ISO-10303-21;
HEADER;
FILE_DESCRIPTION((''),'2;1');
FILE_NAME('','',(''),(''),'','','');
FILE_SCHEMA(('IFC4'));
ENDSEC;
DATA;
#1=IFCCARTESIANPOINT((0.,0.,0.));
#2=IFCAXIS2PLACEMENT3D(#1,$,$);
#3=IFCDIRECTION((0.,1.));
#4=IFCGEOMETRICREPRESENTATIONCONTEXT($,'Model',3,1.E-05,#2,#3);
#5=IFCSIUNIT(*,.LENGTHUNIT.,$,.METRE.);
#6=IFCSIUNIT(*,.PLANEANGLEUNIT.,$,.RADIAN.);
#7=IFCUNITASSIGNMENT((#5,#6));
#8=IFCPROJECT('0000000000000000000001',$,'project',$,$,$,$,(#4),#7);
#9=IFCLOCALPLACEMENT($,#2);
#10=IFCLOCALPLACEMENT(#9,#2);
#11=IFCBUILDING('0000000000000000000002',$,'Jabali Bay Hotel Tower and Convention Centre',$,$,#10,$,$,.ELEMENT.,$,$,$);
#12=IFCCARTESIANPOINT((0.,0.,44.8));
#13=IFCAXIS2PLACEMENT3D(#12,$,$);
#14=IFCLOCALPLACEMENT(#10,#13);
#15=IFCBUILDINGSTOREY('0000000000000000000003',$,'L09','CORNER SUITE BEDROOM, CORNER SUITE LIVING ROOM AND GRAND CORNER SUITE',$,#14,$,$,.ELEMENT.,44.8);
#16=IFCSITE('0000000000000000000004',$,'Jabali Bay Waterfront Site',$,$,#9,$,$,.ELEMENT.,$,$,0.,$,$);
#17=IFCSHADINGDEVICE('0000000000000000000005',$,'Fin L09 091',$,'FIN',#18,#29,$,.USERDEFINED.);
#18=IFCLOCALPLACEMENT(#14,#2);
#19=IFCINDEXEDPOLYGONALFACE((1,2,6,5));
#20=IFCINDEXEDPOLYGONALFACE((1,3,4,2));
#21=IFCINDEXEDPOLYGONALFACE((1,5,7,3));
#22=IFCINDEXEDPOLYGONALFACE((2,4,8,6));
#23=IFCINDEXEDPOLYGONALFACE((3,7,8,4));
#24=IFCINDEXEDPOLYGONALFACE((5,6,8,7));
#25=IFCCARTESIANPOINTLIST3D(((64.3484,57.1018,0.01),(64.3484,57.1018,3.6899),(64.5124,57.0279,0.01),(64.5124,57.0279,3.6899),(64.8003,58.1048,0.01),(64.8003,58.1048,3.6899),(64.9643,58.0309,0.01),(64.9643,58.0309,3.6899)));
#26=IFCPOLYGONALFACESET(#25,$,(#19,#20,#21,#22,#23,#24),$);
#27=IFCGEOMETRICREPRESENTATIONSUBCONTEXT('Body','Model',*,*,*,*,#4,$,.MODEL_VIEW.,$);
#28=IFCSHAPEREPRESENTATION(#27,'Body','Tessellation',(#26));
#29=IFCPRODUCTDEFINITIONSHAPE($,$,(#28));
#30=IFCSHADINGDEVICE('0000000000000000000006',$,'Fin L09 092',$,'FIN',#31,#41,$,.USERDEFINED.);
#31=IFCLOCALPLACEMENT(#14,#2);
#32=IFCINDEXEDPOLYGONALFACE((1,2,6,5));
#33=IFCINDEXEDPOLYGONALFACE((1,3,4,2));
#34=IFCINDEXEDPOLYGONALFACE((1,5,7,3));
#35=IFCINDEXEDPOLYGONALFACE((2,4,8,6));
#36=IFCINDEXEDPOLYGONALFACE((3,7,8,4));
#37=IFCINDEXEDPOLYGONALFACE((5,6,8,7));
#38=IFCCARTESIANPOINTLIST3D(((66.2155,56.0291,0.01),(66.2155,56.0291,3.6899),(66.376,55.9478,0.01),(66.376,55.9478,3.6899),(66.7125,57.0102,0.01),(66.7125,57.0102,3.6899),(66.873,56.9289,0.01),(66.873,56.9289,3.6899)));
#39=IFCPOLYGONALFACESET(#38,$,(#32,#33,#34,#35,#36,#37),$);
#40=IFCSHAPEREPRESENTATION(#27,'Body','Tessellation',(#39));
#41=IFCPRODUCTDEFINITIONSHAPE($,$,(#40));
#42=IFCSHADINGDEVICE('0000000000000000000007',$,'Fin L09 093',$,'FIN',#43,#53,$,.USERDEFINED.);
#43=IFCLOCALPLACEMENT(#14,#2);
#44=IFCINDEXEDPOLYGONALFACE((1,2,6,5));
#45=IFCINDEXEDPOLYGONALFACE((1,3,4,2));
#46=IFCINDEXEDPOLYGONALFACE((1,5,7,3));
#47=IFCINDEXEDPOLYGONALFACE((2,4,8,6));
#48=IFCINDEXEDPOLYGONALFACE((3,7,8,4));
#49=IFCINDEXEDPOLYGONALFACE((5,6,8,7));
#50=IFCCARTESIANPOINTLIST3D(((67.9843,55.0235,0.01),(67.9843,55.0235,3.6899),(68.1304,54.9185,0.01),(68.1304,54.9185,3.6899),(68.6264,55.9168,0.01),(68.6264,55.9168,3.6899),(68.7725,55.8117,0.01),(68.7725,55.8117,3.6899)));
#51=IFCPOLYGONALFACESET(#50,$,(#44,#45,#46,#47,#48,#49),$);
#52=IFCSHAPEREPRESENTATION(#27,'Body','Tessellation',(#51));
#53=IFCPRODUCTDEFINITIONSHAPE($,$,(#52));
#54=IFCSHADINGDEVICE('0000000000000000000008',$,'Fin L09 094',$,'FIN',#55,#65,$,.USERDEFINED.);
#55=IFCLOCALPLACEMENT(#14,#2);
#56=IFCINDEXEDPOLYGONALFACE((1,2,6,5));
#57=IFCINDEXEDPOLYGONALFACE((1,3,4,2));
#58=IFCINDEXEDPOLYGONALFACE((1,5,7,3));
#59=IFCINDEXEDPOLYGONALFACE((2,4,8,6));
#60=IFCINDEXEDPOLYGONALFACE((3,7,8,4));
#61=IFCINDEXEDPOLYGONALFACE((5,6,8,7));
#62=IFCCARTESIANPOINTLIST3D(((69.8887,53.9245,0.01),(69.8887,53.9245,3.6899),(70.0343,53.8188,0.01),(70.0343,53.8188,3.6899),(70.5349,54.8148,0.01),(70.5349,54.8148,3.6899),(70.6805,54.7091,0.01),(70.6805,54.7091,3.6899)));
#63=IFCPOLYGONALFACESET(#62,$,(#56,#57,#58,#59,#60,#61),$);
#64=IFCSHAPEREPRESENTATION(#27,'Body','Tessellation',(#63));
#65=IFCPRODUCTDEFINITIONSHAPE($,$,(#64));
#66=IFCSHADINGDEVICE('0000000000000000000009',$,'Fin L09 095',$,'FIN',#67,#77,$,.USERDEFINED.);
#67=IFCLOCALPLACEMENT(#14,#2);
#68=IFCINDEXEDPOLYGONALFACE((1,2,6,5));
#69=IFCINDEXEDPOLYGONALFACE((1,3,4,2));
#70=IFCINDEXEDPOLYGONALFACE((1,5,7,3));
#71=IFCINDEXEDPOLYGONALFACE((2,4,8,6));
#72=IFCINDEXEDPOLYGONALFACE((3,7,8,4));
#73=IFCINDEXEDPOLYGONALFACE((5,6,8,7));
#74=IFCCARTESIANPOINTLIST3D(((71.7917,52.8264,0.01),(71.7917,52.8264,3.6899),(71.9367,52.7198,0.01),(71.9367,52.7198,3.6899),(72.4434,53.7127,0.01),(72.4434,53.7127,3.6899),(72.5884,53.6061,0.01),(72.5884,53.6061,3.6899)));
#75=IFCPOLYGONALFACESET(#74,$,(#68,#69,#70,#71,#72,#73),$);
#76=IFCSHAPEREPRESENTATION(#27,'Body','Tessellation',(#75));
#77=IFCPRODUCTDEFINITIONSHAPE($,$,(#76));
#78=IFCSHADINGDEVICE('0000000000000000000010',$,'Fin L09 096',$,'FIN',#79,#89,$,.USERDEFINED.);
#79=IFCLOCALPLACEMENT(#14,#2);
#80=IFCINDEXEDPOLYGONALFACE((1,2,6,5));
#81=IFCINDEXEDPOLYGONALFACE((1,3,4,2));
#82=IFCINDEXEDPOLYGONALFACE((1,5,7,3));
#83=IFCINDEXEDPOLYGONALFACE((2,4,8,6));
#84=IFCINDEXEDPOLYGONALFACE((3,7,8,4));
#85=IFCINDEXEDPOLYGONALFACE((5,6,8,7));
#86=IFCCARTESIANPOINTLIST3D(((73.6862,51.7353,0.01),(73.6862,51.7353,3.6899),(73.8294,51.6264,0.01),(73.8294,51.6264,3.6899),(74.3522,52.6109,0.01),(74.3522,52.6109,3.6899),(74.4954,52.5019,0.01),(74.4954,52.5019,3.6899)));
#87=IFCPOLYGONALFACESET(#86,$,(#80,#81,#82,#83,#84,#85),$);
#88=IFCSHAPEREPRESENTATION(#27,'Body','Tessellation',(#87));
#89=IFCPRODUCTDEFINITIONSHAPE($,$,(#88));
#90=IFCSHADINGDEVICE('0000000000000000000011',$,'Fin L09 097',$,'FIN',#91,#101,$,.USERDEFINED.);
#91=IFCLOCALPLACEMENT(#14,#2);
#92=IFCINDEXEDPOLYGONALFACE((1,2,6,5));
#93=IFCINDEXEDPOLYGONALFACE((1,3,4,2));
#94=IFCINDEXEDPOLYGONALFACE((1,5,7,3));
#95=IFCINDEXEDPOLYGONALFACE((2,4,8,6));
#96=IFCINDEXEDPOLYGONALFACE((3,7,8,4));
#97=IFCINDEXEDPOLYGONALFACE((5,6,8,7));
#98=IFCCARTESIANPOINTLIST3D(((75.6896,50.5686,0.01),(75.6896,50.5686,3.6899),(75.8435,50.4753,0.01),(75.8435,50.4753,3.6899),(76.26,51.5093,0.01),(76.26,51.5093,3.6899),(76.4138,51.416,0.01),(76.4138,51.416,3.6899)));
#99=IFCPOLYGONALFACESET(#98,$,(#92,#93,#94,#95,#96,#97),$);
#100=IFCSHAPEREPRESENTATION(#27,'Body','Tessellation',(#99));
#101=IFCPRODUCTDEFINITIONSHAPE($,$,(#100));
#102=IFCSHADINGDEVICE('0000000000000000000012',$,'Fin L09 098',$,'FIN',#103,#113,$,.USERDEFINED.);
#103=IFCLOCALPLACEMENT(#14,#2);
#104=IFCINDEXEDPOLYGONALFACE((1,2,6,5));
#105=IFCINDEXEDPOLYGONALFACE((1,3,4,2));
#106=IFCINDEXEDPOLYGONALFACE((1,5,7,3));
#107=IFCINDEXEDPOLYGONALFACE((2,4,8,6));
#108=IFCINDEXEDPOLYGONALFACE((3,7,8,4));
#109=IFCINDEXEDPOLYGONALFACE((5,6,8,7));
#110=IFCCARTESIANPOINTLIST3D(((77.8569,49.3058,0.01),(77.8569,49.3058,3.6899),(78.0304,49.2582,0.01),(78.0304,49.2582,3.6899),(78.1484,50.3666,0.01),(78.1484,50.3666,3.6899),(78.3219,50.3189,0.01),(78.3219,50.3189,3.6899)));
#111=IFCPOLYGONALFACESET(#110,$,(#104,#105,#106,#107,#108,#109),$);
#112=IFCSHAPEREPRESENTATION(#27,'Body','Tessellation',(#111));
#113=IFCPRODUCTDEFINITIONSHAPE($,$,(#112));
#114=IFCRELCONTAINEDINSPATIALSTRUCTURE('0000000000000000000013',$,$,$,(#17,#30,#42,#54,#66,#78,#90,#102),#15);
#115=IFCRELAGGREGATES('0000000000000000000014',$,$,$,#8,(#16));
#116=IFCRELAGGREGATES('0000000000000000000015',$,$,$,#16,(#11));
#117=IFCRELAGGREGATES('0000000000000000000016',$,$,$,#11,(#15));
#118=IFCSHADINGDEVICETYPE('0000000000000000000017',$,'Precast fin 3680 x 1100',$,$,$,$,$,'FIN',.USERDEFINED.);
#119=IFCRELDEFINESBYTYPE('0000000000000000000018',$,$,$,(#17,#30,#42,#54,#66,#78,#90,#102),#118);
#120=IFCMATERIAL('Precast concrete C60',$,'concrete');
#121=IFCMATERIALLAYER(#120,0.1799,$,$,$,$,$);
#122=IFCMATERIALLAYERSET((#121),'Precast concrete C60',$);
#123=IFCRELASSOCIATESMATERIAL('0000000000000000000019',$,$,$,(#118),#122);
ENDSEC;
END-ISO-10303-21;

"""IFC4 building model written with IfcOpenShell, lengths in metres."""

from ifc_helpers import new_model, si_unit, direction, frame, frame_2d, origin, place, context, subcontext, project, spatial, rectangle, extrude, material, layer, layer_set, type_object, element, save


model = new_model("IFC4")

# Units and contexts
model_context = context("Model", 3, precision=1e-05, world=origin(), true_north=direction((0.0, 1.0)))
body_context = subcontext(model_context, "Body", "Model", "MODEL_VIEW")
ifc_project = project(units=[si_unit("LENGTHUNIT", "METRE"), si_unit("PLANEANGLEUNIT", "RADIAN")], contexts=[model_context])

# Site, building, storey
site_placement = place(None, origin())
site = spatial("IfcSite", under=ifc_project, at=site_placement, Name="Jabali Bay Waterfront Site", CompositionType="ELEMENT", RefElevation=0.0)
building_placement = place(site_placement, origin())
building = spatial("IfcBuilding", under=site, at=building_placement, Name="Jabali Bay Hotel Tower and Convention Centre", CompositionType="ELEMENT")
storey_placement = place(building_placement, frame((0.0, 0.0, 44.8)))
storey = spatial("IfcBuildingStorey", under=building, at=storey_placement, Name="L09", Description="CORNER SUITE BEDROOM, CORNER SUITE LIVING ROOM AND GRAND CORNER SUITE", CompositionType="ELEMENT", Elevation=44.8)

# Shading devices
ifc_material_1 = material(Name="Precast concrete C60", Category="concrete")
ifc_layer_1 = layer(ifc_material_1, 0.1799)
ifc_layer_set_1 = layer_set([ifc_layer_1], Name="Precast concrete C60")
shading_device_type = type_object("IfcShadingDeviceType", Name="Precast fin 3680 x 1100", ElementType="FIN", PredefinedType="USERDEFINED", material=ifc_layer_set_1)
shading_device_1_placement = place(storey_placement, frame((64.8823, 58.0679, 0.01), z_axis=(0.0, 0.0, 1.0), x_axis=(-0.410808, -0.911722, 0.0)))
element("IfcShadingDevice", 1, at=shading_device_1_placement, inside=storey, type_object=shading_device_type, Name="Fin L09 091", ObjectType="FIN", PredefinedType="USERDEFINED", context=body_context, shape_type="SweptSolid", body=[
    extrude(rectangle(XDim=1.1001, YDim=0.1799, at=frame_2d((0.55, 0.0))), origin(), (0.0, 0.0, 1.0), 3.6799),
])
shading_device_2_placement = place(storey_placement, frame((66.7927, 56.9695, 0.01), z_axis=(0.0, 0.0, 1.0), x_axis=(-0.451913, -0.892062, 0.0)))
element("IfcShadingDevice", 2, at=shading_device_2_placement, inside=storey, type_object=shading_device_type, Name="Fin L09 092", ObjectType="FIN", PredefinedType="USERDEFINED", context=body_context, shape_type="SweptSolid", body=[
    extrude(rectangle(XDim=1.0999, YDim=0.1799, at=frame_2d((0.5498, 0.0))), origin(), (0.0, 0.0, 1.0), 3.6799),
])
for number, where, z_axis, x_axis, name in (
    (3, (68.6995, 55.8643, 0.01), (0.0, 0.0, 1.0), (-0.58365, -0.812006, 0.0), "Fin L09 093"),
    (4, (70.6077, 54.762, 0.01), (0.0, 0.0, 1.0), (-0.587393, -0.809302, 0.0), "Fin L09 094"),
    (5, (72.5159, 53.6594, 0.01), (0.0, 0.0, 1.0), (-0.592374, -0.805663, 0.0), "Fin L09 095"),
    (6, (74.4238, 52.5564, 0.01), (0.0, 0.0, 1.0), (-0.605455, -0.79588, 0.0), "Fin L09 096"),
    (7, (76.3369, 51.4626, 0.01), (0.0, 0.0, 1.0), (-0.518439, -0.855114, 0.0), "Fin L09 097"),
    (8, (78.2351, 50.3428, 0.01), (0.0, 0.0, 1.0), (-0.264976, -0.964255, 0.0), "Fin L09 098"),
):
    element("IfcShadingDevice", number, at=place(storey_placement, frame(where, z_axis=z_axis, x_axis=x_axis)), inside=storey, type_object=shading_device_type, Name=name, ObjectType="FIN", PredefinedType="USERDEFINED", context=body_context, shape_type="SweptSolid", body=[
        extrude(rectangle(XDim=1.1001, YDim=0.1799, at=frame_2d((0.55, 0.0))), origin(), (0.0, 0.0, 1.0), 3.6799),
    ])

save(model, "model.ifc")
